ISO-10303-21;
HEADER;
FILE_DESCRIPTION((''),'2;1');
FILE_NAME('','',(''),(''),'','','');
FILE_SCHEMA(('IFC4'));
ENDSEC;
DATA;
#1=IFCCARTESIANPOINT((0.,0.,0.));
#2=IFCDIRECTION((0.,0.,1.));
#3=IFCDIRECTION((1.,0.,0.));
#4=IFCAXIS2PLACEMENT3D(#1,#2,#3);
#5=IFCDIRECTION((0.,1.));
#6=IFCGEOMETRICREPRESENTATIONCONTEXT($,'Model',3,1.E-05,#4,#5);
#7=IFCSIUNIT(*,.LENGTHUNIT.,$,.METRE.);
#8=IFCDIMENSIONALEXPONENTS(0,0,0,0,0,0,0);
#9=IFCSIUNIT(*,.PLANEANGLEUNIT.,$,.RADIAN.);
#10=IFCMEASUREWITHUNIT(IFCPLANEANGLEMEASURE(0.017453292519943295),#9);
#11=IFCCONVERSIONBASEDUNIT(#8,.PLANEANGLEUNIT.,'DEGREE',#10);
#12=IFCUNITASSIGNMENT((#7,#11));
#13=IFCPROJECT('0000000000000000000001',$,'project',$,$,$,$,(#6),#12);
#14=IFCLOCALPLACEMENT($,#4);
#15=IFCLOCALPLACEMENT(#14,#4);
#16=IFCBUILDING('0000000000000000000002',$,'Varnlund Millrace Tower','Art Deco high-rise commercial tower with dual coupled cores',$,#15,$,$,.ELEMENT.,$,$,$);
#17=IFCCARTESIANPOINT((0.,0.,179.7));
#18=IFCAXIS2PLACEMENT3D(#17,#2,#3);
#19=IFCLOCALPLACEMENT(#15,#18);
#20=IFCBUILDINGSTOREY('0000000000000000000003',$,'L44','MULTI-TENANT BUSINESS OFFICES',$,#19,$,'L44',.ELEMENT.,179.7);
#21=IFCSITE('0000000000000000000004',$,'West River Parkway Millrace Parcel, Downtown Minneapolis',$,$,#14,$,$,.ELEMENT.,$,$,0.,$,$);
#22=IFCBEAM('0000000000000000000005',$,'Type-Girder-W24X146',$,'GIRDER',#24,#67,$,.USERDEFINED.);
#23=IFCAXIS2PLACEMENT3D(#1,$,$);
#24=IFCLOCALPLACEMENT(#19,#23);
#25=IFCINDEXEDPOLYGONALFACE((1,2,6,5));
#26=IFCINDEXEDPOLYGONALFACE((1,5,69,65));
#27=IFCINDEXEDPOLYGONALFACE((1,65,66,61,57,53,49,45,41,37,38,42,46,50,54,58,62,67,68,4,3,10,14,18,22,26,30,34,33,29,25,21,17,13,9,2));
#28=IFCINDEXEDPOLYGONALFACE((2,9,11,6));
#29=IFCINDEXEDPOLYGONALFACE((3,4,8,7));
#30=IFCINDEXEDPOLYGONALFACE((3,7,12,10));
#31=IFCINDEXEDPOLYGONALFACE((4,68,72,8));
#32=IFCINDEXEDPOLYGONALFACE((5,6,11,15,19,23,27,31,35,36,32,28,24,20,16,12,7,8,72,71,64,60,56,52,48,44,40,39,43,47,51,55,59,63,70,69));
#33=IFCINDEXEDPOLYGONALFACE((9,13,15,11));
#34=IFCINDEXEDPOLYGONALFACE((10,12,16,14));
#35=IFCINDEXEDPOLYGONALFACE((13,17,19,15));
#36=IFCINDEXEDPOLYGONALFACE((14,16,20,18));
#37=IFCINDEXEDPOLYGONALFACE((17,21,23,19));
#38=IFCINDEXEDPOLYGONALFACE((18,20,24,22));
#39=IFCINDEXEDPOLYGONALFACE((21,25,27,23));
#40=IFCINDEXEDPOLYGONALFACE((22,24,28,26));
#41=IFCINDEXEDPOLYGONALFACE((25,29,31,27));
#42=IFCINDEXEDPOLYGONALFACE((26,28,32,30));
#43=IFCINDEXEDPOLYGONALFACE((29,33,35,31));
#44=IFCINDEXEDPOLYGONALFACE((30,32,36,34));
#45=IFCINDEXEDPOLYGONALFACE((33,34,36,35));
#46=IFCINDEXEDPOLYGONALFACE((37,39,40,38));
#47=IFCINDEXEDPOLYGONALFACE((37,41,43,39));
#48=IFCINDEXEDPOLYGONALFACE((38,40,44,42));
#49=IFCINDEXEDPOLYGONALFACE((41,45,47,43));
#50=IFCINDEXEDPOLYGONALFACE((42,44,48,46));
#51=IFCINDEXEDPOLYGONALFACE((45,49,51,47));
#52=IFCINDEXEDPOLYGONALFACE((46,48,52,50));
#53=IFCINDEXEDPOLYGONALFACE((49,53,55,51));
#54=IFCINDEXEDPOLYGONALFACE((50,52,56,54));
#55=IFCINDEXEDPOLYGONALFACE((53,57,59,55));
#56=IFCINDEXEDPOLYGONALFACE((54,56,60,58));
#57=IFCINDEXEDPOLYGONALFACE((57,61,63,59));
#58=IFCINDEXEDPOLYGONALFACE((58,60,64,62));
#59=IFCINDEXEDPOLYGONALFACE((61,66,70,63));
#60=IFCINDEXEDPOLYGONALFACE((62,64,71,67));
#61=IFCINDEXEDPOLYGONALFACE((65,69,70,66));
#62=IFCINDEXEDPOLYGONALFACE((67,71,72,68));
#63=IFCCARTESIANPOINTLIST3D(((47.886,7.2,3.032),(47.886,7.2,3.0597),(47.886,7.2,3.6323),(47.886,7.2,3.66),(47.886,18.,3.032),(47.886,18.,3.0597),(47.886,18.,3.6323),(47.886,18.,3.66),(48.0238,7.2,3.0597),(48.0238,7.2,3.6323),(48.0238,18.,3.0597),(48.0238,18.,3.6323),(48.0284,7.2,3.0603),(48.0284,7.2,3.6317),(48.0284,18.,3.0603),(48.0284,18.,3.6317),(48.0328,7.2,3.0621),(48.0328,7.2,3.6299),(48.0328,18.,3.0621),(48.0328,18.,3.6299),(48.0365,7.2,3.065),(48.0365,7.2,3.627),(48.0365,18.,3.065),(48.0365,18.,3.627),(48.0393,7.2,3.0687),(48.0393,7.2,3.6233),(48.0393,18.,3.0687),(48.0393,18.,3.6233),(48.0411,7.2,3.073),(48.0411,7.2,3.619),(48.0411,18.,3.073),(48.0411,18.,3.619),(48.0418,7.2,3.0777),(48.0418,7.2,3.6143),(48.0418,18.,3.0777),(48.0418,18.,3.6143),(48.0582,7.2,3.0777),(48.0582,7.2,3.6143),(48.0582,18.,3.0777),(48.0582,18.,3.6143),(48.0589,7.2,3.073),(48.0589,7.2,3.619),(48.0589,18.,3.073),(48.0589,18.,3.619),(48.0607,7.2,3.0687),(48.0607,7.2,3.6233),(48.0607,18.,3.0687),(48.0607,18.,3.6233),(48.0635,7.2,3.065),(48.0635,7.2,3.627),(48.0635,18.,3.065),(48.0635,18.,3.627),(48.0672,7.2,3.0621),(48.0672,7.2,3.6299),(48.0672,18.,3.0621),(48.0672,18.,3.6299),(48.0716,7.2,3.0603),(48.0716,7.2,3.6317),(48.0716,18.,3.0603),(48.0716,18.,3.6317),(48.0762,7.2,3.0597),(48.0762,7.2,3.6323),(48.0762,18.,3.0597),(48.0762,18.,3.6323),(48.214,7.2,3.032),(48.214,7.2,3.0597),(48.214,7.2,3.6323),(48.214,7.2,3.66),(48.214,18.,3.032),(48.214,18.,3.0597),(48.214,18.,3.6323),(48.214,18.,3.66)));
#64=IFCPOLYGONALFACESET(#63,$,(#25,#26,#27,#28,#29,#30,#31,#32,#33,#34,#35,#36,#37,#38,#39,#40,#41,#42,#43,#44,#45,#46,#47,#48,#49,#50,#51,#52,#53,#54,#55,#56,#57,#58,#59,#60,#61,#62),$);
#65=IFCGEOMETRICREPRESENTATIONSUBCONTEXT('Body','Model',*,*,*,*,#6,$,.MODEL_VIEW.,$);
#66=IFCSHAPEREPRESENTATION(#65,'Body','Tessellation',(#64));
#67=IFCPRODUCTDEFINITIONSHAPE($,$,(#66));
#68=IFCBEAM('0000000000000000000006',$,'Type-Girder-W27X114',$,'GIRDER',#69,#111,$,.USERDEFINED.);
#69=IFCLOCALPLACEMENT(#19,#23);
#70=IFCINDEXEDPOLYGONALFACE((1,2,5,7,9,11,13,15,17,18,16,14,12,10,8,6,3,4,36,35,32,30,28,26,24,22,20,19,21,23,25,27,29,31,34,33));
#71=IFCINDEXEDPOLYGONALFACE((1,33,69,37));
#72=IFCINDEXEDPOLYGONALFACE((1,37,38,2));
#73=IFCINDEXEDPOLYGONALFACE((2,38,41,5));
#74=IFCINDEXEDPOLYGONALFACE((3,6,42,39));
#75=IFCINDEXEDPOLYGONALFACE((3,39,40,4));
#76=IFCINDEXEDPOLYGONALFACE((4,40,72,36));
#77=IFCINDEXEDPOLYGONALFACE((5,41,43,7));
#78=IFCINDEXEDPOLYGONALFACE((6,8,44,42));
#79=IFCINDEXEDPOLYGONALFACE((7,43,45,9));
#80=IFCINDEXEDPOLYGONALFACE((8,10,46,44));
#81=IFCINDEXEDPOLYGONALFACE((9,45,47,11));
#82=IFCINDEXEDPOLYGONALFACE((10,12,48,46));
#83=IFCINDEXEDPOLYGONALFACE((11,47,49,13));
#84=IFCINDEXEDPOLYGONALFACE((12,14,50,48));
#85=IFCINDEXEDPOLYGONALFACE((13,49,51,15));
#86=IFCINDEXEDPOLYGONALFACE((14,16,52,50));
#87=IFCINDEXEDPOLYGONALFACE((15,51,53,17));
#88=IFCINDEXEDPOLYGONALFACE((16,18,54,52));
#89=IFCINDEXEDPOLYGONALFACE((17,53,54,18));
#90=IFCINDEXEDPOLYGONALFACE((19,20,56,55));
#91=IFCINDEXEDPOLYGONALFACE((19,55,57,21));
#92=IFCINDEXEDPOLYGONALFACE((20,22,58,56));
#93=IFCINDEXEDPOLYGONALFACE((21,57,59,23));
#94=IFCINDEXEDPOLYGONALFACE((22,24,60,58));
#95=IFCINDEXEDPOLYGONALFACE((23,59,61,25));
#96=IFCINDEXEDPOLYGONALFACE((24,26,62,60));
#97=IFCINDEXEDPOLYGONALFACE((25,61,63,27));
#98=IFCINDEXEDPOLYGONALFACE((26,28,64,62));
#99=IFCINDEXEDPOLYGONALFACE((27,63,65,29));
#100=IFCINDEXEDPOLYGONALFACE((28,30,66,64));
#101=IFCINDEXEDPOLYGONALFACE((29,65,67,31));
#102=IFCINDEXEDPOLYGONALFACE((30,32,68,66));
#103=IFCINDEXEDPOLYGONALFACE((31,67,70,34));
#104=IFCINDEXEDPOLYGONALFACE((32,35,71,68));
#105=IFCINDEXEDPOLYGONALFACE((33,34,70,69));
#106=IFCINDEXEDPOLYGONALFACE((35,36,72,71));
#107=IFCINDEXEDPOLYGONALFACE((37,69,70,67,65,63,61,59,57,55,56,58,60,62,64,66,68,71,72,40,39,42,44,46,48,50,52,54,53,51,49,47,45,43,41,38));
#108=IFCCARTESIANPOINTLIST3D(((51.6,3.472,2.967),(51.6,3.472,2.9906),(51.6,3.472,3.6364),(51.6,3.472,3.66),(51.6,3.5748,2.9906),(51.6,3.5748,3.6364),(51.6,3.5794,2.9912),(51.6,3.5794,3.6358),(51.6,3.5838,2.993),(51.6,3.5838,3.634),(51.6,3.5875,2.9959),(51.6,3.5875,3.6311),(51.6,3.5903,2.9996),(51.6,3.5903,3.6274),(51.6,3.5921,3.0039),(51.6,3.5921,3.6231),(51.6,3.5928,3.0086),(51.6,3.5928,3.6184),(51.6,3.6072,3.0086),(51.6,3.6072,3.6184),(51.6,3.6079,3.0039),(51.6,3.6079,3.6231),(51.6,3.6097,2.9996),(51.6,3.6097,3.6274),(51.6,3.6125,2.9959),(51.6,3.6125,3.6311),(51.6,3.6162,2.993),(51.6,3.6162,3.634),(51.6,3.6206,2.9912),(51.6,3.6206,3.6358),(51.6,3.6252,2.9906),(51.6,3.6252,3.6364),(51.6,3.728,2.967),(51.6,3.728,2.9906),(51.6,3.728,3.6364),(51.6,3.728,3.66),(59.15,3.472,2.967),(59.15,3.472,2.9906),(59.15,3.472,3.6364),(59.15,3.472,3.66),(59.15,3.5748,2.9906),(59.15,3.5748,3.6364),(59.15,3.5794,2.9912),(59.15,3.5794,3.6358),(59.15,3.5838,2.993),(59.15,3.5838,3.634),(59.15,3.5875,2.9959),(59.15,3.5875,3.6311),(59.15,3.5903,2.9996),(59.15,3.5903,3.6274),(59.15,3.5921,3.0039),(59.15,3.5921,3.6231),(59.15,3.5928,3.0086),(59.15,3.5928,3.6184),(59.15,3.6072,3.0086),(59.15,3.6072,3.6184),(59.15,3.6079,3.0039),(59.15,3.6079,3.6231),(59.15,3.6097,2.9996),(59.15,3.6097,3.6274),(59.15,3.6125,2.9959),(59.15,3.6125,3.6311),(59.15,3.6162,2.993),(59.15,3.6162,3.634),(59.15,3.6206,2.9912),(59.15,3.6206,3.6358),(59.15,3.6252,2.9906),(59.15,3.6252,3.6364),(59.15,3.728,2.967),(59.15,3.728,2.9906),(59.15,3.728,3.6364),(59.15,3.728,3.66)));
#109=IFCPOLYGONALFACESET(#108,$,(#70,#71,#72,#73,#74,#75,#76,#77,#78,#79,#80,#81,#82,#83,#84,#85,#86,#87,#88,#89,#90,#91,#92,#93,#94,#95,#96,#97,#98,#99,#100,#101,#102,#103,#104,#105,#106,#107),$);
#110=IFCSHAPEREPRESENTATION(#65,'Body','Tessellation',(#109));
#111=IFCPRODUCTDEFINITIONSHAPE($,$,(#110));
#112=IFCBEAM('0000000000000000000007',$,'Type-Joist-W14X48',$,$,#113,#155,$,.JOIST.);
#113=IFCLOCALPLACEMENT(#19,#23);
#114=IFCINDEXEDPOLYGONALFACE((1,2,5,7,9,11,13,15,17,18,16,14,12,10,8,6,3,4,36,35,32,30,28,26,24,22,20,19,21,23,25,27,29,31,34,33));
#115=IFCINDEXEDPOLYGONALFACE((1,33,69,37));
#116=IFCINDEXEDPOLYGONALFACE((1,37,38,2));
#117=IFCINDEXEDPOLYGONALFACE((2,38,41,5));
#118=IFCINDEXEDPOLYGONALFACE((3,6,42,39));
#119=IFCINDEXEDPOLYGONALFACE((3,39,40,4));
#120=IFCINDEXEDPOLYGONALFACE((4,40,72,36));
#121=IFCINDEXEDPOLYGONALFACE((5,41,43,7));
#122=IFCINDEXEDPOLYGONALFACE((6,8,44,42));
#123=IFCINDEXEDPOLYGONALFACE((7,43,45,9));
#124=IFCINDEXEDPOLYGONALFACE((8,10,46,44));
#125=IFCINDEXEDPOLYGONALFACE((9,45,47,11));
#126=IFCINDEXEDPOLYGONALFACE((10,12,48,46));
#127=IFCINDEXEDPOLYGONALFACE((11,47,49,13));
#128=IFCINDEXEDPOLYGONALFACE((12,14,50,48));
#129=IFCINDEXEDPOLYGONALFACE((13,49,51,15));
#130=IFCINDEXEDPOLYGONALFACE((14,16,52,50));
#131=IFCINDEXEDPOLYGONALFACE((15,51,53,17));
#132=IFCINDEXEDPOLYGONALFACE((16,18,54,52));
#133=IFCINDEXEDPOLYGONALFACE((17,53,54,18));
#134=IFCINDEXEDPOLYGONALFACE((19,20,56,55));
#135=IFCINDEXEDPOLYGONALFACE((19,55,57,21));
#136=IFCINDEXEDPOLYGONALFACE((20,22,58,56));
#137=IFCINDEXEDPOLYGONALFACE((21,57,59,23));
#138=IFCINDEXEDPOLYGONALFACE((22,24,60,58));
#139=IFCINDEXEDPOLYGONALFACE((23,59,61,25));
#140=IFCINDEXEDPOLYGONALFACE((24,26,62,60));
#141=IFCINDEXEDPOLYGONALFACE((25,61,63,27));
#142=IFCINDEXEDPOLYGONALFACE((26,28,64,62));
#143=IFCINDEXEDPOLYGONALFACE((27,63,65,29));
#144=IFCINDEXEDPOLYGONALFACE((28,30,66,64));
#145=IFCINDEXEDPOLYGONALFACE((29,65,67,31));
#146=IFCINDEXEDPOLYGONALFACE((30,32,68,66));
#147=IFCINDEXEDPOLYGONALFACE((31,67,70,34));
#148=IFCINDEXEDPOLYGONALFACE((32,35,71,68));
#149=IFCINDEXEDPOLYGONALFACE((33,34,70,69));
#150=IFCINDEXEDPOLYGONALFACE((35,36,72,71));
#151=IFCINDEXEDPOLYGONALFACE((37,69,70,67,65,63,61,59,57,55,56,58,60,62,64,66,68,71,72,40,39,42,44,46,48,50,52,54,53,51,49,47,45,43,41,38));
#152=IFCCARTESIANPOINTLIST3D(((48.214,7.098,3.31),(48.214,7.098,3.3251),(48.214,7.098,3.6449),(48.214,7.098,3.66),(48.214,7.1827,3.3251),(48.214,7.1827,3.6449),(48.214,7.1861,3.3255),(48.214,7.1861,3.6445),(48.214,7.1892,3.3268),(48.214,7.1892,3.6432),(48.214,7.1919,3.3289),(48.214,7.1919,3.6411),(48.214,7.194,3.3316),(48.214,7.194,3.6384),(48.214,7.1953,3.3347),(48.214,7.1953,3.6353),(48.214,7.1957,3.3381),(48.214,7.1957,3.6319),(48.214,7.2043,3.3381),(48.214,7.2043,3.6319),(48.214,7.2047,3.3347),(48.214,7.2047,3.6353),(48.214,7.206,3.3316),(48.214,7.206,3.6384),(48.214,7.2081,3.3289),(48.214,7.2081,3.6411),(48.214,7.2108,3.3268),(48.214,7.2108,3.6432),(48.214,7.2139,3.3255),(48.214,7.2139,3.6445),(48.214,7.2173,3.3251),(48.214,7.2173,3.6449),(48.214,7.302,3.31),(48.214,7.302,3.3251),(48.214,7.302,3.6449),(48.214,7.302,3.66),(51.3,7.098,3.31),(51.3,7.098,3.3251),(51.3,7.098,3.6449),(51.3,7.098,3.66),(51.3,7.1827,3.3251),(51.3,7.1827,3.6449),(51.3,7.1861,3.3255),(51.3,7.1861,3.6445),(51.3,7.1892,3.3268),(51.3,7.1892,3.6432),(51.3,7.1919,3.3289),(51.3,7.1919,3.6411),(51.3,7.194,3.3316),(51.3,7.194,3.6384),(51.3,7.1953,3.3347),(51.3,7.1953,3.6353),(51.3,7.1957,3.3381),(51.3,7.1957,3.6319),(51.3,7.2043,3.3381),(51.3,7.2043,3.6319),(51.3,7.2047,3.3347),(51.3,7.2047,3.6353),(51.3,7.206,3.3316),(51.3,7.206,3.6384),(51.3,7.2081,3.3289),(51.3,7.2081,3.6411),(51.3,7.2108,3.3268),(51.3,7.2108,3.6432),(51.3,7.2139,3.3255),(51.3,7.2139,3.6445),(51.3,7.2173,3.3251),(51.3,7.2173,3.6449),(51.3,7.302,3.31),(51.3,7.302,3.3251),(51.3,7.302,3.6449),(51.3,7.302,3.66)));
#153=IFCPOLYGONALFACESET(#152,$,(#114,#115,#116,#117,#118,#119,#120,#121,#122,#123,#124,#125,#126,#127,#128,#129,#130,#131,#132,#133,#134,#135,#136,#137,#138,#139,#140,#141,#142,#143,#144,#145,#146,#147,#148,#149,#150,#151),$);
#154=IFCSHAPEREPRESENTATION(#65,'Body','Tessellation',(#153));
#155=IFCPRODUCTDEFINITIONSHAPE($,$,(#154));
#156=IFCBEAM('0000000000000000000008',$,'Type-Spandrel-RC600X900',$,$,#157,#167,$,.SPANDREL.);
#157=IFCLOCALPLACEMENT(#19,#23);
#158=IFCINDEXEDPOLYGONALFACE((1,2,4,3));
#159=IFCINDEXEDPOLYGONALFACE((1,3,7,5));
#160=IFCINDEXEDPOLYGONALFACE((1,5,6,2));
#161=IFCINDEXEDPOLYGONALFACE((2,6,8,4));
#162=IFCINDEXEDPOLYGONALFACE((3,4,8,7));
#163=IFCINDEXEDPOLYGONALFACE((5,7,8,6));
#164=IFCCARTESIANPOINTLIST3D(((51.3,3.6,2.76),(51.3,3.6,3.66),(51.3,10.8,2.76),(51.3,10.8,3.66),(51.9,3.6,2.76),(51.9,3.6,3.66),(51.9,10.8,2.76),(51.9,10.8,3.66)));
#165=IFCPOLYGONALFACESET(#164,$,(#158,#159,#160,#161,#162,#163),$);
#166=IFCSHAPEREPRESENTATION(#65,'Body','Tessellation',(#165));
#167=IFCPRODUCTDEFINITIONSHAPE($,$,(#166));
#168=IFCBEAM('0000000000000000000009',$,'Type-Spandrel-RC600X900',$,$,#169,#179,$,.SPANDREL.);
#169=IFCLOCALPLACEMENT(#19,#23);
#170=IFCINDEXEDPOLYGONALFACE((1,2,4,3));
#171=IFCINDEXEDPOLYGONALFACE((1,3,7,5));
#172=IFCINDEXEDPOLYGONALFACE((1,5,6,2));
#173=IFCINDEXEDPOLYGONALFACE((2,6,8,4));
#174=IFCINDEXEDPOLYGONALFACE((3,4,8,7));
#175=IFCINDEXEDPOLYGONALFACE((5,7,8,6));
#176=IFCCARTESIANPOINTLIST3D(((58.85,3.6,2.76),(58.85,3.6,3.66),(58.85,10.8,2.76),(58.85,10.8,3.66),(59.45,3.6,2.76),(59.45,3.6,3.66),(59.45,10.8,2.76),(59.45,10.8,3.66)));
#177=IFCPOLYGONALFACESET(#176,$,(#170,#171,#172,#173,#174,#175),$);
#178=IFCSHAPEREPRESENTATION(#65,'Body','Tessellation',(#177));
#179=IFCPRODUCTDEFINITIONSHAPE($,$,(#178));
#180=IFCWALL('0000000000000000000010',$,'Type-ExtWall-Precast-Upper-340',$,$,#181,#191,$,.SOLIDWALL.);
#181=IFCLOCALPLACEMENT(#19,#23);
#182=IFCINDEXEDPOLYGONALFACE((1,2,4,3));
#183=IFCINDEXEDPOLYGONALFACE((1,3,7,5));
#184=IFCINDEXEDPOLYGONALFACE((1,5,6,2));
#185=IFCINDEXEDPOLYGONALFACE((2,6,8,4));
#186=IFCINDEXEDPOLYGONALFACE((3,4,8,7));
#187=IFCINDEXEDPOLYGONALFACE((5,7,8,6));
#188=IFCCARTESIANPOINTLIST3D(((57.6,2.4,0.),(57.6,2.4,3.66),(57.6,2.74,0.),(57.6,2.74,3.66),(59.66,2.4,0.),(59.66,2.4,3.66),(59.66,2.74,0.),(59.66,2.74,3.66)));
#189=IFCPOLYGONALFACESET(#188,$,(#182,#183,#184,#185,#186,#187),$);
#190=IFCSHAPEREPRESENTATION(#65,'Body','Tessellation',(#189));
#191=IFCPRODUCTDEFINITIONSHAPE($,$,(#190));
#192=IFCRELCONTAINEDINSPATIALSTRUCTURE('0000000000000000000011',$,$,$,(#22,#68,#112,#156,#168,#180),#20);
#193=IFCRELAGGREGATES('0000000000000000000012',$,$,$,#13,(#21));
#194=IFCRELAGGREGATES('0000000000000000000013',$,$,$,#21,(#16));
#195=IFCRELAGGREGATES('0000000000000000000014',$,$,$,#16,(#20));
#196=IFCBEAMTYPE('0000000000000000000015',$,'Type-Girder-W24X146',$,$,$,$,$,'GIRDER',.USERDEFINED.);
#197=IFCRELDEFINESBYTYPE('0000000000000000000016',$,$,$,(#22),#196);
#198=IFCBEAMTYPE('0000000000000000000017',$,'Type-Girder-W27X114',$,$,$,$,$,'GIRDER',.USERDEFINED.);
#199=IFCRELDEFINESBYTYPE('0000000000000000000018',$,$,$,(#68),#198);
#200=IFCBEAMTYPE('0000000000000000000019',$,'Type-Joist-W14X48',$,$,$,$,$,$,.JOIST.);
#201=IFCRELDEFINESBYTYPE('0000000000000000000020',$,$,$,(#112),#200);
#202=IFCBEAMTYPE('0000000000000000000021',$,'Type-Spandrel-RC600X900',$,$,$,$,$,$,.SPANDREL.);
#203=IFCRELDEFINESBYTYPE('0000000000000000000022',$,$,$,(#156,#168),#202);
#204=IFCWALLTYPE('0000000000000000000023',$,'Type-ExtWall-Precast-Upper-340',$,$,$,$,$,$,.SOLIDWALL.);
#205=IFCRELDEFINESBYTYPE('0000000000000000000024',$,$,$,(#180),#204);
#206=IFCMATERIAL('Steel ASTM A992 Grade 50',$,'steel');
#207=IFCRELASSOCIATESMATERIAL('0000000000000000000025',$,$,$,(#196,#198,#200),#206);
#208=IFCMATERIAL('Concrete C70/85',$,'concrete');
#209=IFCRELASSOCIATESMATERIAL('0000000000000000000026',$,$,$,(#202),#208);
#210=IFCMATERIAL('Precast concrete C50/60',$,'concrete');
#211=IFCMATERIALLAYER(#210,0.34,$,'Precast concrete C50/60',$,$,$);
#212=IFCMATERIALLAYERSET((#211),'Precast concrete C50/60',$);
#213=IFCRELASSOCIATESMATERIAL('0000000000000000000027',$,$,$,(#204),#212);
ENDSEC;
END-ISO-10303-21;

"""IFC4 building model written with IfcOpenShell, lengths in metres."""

from ifc_helpers import new_model, entity, si_unit, converted_unit, direction, frame, origin_with_axes, origin_2d_with_axis, place, context, subcontext, project, spatial, polyline, rectangle, i_section, outline, extrude, material, layer, layer_set, material_profile, profile_set, type_object, element, save


model = new_model("IFC4")

# Units and contexts
model_context = context("Model", 3, precision=1e-05, world=origin_with_axes(), true_north=direction((0.0, 1.0)))
body_context = subcontext(model_context, "Body", "Model", "MODEL_VIEW")
ifc_project = project(units=[si_unit("LENGTHUNIT", "METRE"), converted_unit("PLANEANGLEUNIT", "DEGREE", entity("IfcPlaneAngleMeasure", 0.017453292519943295), si_unit("PLANEANGLEUNIT", "RADIAN"), dimensions=[0, 0, 0, 0, 0, 0, 0])], contexts=[model_context])

# Site, building, storey
site_placement = place(None, origin_with_axes())
site = spatial("IfcSite", under=ifc_project, at=site_placement, Name="West River Parkway Millrace Parcel, Downtown Minneapolis", CompositionType="ELEMENT", RefElevation=0.0)
building_placement = place(site_placement, origin_with_axes())
building = spatial("IfcBuilding", under=site, at=building_placement, Name="Varnlund Millrace Tower", Description="Art Deco high-rise commercial tower with dual coupled cores", CompositionType="ELEMENT")
storey_placement = place(building_placement, frame((0.0, 0.0, 179.7), z_axis=(0.0, 0.0, 1.0), x_axis=(1.0, 0.0, 0.0)))
storey = spatial("IfcBuildingStorey", under=building, at=storey_placement, Name="L44", Description="MULTI-TENANT BUSINESS OFFICES", LongName="L44", CompositionType="ELEMENT", Elevation=179.7)

# Beams
ifc_material_1 = material(Name="Steel ASTM A992 Grade 50", Category="steel")
ifc_material_profile_1 = material_profile(ifc_material_1, i_section(OverallWidth=0.328, OverallDepth=0.628, WebThickness=0.0165, FlangeThickness=0.0277, FilletRadius=0.018, at=origin_2d_with_axis()), Name="Steel ASTM A992 Grade 50")
ifc_profile_set_1 = profile_set([ifc_material_profile_1], Name="Steel ASTM A992 Grade 50")
beam_type_1 = type_object("IfcBeamType", Name="Type-Girder-W24X146", ElementType="GIRDER", PredefinedType="USERDEFINED", material=ifc_profile_set_1)
beam_1_placement = place(storey_placement, frame((48.05, 7.2, 3.346), z_axis=(0.0, 1.0, 0.0), x_axis=(-1.0, 0.0, 0.0)))
element("IfcBeam", 1, at=beam_1_placement, inside=storey, type_object=beam_type_1, Name="Type-Girder-W24X146", ObjectType="GIRDER", PredefinedType="USERDEFINED", context=body_context, shape_type="SweptSolid", body=[
    extrude(i_section(OverallWidth=0.328, OverallDepth=0.628, WebThickness=0.0165, FlangeThickness=0.0277, FilletRadius=0.018, at=origin_2d_with_axis()), origin_with_axes(), (0.0, 0.0, 1.0), 10.8),
])
ifc_material_profile_2 = material_profile(ifc_material_1, i_section(OverallWidth=0.256, OverallDepth=0.693, WebThickness=0.0145, FlangeThickness=0.0236, FilletRadius=0.018, at=origin_2d_with_axis()), Name="Steel ASTM A992 Grade 50")
ifc_profile_set_2 = profile_set([ifc_material_profile_2], Name="Steel ASTM A992 Grade 50")
beam_type_2 = type_object("IfcBeamType", Name="Type-Girder-W27X114", ElementType="GIRDER", PredefinedType="USERDEFINED", material=ifc_profile_set_2)
beam_2_placement = place(storey_placement, frame((51.6, 3.6, 3.3135), z_axis=(1.0, 0.0, 0.0), x_axis=(0.0, 1.0, 0.0)))
element("IfcBeam", 2, at=beam_2_placement, inside=storey, type_object=beam_type_2, Name="Type-Girder-W27X114", ObjectType="GIRDER", PredefinedType="USERDEFINED", context=body_context, shape_type="SweptSolid", body=[
    extrude(i_section(OverallWidth=0.256, OverallDepth=0.693, WebThickness=0.0145, FlangeThickness=0.0236, FilletRadius=0.018, at=origin_2d_with_axis()), origin_with_axes(), (0.0, 0.0, 1.0), 7.55),
])
ifc_material_profile_3 = material_profile(ifc_material_1, i_section(OverallWidth=0.204, OverallDepth=0.35, WebThickness=0.0086, FlangeThickness=0.0151, FilletRadius=0.013, at=origin_2d_with_axis()), Name="Steel ASTM A992 Grade 50")
ifc_profile_set_3 = profile_set([ifc_material_profile_3], Name="Steel ASTM A992 Grade 50")
beam_type_3 = type_object("IfcBeamType", Name="Type-Joist-W14X48", PredefinedType="JOIST", material=ifc_profile_set_3)
beam_3_placement = place(storey_placement, frame((48.214, 7.2, 3.485), z_axis=(1.0, 0.0, 0.0), x_axis=(0.0, 1.0, 0.0)))
element("IfcBeam", 3, at=beam_3_placement, inside=storey, type_object=beam_type_3, Name="Type-Joist-W14X48", PredefinedType="JOIST", context=body_context, shape_type="SweptSolid", body=[
    extrude(i_section(OverallWidth=0.204, OverallDepth=0.35, WebThickness=0.0086, FlangeThickness=0.0151, FilletRadius=0.013, at=origin_2d_with_axis()), origin_with_axes(), (0.0, 0.0, 1.0), 3.086),
])
ifc_material_2 = material(Name="Concrete C70/85", Category="concrete")
ifc_material_profile_4 = material_profile(ifc_material_2, rectangle(XDim=0.6, YDim=0.9, at=origin_2d_with_axis()), Name="Concrete C70/85")
ifc_profile_set_4 = profile_set([ifc_material_profile_4], Name="Concrete C70/85")
beam_type_4 = type_object("IfcBeamType", Name="Type-Spandrel-RC600X900", PredefinedType="SPANDREL", material=ifc_profile_set_4)
for number, where, z_axis, x_axis, name in (
    (4, (51.6, 3.6, 3.21), (0.0, 1.0, 0.0), (-1.0, 0.0, 0.0), "Type-Spandrel-RC600X900"),
    (5, (59.15, 3.6, 3.21), (0.0, 1.0, 0.0), (-1.0, 0.0, 0.0), "Type-Spandrel-RC600X900"),
):
    element("IfcBeam", number, at=place(storey_placement, frame(where, z_axis=z_axis, x_axis=x_axis)), inside=storey, type_object=beam_type_4, Name=name, PredefinedType="SPANDREL", context=body_context, shape_type="SweptSolid", body=[
        extrude(rectangle(XDim=0.6, YDim=0.9, at=origin_2d_with_axis()), origin_with_axes(), (0.0, 0.0, 1.0), 7.2),
    ])

# Wall
ifc_material_3 = material(Name="Precast concrete C50/60", Category="concrete")
ifc_layer = layer(ifc_material_3, 0.34, Name="Precast concrete C50/60")
ifc_layer_set = layer_set([ifc_layer], Name="Precast concrete C50/60")
wall_type = type_object("IfcWallType", Name="Type-ExtWall-Precast-Upper-340", PredefinedType="SOLIDWALL", material=ifc_layer_set)
wall_1_placement = place(storey_placement, frame((59.66, 2.57, 0.0), z_axis=(0.0, 0.0, 1.0), x_axis=(-1.0, 0.0, 0.0)))
element("IfcWall", 6, at=wall_1_placement, inside=storey, type_object=wall_type, Name="Type-ExtWall-Precast-Upper-340", PredefinedType="SOLIDWALL", context=body_context, shape_type="SweptSolid", body=[
    extrude(outline(polyline([(0.0, -0.17), (2.06, -0.17), (2.06, 0.17), (0.0, 0.17), (0.0, -0.17)])), origin_with_axes(), (0.0, 0.0, 1.0), 3.66),
])

save(model, "model.ifc")
